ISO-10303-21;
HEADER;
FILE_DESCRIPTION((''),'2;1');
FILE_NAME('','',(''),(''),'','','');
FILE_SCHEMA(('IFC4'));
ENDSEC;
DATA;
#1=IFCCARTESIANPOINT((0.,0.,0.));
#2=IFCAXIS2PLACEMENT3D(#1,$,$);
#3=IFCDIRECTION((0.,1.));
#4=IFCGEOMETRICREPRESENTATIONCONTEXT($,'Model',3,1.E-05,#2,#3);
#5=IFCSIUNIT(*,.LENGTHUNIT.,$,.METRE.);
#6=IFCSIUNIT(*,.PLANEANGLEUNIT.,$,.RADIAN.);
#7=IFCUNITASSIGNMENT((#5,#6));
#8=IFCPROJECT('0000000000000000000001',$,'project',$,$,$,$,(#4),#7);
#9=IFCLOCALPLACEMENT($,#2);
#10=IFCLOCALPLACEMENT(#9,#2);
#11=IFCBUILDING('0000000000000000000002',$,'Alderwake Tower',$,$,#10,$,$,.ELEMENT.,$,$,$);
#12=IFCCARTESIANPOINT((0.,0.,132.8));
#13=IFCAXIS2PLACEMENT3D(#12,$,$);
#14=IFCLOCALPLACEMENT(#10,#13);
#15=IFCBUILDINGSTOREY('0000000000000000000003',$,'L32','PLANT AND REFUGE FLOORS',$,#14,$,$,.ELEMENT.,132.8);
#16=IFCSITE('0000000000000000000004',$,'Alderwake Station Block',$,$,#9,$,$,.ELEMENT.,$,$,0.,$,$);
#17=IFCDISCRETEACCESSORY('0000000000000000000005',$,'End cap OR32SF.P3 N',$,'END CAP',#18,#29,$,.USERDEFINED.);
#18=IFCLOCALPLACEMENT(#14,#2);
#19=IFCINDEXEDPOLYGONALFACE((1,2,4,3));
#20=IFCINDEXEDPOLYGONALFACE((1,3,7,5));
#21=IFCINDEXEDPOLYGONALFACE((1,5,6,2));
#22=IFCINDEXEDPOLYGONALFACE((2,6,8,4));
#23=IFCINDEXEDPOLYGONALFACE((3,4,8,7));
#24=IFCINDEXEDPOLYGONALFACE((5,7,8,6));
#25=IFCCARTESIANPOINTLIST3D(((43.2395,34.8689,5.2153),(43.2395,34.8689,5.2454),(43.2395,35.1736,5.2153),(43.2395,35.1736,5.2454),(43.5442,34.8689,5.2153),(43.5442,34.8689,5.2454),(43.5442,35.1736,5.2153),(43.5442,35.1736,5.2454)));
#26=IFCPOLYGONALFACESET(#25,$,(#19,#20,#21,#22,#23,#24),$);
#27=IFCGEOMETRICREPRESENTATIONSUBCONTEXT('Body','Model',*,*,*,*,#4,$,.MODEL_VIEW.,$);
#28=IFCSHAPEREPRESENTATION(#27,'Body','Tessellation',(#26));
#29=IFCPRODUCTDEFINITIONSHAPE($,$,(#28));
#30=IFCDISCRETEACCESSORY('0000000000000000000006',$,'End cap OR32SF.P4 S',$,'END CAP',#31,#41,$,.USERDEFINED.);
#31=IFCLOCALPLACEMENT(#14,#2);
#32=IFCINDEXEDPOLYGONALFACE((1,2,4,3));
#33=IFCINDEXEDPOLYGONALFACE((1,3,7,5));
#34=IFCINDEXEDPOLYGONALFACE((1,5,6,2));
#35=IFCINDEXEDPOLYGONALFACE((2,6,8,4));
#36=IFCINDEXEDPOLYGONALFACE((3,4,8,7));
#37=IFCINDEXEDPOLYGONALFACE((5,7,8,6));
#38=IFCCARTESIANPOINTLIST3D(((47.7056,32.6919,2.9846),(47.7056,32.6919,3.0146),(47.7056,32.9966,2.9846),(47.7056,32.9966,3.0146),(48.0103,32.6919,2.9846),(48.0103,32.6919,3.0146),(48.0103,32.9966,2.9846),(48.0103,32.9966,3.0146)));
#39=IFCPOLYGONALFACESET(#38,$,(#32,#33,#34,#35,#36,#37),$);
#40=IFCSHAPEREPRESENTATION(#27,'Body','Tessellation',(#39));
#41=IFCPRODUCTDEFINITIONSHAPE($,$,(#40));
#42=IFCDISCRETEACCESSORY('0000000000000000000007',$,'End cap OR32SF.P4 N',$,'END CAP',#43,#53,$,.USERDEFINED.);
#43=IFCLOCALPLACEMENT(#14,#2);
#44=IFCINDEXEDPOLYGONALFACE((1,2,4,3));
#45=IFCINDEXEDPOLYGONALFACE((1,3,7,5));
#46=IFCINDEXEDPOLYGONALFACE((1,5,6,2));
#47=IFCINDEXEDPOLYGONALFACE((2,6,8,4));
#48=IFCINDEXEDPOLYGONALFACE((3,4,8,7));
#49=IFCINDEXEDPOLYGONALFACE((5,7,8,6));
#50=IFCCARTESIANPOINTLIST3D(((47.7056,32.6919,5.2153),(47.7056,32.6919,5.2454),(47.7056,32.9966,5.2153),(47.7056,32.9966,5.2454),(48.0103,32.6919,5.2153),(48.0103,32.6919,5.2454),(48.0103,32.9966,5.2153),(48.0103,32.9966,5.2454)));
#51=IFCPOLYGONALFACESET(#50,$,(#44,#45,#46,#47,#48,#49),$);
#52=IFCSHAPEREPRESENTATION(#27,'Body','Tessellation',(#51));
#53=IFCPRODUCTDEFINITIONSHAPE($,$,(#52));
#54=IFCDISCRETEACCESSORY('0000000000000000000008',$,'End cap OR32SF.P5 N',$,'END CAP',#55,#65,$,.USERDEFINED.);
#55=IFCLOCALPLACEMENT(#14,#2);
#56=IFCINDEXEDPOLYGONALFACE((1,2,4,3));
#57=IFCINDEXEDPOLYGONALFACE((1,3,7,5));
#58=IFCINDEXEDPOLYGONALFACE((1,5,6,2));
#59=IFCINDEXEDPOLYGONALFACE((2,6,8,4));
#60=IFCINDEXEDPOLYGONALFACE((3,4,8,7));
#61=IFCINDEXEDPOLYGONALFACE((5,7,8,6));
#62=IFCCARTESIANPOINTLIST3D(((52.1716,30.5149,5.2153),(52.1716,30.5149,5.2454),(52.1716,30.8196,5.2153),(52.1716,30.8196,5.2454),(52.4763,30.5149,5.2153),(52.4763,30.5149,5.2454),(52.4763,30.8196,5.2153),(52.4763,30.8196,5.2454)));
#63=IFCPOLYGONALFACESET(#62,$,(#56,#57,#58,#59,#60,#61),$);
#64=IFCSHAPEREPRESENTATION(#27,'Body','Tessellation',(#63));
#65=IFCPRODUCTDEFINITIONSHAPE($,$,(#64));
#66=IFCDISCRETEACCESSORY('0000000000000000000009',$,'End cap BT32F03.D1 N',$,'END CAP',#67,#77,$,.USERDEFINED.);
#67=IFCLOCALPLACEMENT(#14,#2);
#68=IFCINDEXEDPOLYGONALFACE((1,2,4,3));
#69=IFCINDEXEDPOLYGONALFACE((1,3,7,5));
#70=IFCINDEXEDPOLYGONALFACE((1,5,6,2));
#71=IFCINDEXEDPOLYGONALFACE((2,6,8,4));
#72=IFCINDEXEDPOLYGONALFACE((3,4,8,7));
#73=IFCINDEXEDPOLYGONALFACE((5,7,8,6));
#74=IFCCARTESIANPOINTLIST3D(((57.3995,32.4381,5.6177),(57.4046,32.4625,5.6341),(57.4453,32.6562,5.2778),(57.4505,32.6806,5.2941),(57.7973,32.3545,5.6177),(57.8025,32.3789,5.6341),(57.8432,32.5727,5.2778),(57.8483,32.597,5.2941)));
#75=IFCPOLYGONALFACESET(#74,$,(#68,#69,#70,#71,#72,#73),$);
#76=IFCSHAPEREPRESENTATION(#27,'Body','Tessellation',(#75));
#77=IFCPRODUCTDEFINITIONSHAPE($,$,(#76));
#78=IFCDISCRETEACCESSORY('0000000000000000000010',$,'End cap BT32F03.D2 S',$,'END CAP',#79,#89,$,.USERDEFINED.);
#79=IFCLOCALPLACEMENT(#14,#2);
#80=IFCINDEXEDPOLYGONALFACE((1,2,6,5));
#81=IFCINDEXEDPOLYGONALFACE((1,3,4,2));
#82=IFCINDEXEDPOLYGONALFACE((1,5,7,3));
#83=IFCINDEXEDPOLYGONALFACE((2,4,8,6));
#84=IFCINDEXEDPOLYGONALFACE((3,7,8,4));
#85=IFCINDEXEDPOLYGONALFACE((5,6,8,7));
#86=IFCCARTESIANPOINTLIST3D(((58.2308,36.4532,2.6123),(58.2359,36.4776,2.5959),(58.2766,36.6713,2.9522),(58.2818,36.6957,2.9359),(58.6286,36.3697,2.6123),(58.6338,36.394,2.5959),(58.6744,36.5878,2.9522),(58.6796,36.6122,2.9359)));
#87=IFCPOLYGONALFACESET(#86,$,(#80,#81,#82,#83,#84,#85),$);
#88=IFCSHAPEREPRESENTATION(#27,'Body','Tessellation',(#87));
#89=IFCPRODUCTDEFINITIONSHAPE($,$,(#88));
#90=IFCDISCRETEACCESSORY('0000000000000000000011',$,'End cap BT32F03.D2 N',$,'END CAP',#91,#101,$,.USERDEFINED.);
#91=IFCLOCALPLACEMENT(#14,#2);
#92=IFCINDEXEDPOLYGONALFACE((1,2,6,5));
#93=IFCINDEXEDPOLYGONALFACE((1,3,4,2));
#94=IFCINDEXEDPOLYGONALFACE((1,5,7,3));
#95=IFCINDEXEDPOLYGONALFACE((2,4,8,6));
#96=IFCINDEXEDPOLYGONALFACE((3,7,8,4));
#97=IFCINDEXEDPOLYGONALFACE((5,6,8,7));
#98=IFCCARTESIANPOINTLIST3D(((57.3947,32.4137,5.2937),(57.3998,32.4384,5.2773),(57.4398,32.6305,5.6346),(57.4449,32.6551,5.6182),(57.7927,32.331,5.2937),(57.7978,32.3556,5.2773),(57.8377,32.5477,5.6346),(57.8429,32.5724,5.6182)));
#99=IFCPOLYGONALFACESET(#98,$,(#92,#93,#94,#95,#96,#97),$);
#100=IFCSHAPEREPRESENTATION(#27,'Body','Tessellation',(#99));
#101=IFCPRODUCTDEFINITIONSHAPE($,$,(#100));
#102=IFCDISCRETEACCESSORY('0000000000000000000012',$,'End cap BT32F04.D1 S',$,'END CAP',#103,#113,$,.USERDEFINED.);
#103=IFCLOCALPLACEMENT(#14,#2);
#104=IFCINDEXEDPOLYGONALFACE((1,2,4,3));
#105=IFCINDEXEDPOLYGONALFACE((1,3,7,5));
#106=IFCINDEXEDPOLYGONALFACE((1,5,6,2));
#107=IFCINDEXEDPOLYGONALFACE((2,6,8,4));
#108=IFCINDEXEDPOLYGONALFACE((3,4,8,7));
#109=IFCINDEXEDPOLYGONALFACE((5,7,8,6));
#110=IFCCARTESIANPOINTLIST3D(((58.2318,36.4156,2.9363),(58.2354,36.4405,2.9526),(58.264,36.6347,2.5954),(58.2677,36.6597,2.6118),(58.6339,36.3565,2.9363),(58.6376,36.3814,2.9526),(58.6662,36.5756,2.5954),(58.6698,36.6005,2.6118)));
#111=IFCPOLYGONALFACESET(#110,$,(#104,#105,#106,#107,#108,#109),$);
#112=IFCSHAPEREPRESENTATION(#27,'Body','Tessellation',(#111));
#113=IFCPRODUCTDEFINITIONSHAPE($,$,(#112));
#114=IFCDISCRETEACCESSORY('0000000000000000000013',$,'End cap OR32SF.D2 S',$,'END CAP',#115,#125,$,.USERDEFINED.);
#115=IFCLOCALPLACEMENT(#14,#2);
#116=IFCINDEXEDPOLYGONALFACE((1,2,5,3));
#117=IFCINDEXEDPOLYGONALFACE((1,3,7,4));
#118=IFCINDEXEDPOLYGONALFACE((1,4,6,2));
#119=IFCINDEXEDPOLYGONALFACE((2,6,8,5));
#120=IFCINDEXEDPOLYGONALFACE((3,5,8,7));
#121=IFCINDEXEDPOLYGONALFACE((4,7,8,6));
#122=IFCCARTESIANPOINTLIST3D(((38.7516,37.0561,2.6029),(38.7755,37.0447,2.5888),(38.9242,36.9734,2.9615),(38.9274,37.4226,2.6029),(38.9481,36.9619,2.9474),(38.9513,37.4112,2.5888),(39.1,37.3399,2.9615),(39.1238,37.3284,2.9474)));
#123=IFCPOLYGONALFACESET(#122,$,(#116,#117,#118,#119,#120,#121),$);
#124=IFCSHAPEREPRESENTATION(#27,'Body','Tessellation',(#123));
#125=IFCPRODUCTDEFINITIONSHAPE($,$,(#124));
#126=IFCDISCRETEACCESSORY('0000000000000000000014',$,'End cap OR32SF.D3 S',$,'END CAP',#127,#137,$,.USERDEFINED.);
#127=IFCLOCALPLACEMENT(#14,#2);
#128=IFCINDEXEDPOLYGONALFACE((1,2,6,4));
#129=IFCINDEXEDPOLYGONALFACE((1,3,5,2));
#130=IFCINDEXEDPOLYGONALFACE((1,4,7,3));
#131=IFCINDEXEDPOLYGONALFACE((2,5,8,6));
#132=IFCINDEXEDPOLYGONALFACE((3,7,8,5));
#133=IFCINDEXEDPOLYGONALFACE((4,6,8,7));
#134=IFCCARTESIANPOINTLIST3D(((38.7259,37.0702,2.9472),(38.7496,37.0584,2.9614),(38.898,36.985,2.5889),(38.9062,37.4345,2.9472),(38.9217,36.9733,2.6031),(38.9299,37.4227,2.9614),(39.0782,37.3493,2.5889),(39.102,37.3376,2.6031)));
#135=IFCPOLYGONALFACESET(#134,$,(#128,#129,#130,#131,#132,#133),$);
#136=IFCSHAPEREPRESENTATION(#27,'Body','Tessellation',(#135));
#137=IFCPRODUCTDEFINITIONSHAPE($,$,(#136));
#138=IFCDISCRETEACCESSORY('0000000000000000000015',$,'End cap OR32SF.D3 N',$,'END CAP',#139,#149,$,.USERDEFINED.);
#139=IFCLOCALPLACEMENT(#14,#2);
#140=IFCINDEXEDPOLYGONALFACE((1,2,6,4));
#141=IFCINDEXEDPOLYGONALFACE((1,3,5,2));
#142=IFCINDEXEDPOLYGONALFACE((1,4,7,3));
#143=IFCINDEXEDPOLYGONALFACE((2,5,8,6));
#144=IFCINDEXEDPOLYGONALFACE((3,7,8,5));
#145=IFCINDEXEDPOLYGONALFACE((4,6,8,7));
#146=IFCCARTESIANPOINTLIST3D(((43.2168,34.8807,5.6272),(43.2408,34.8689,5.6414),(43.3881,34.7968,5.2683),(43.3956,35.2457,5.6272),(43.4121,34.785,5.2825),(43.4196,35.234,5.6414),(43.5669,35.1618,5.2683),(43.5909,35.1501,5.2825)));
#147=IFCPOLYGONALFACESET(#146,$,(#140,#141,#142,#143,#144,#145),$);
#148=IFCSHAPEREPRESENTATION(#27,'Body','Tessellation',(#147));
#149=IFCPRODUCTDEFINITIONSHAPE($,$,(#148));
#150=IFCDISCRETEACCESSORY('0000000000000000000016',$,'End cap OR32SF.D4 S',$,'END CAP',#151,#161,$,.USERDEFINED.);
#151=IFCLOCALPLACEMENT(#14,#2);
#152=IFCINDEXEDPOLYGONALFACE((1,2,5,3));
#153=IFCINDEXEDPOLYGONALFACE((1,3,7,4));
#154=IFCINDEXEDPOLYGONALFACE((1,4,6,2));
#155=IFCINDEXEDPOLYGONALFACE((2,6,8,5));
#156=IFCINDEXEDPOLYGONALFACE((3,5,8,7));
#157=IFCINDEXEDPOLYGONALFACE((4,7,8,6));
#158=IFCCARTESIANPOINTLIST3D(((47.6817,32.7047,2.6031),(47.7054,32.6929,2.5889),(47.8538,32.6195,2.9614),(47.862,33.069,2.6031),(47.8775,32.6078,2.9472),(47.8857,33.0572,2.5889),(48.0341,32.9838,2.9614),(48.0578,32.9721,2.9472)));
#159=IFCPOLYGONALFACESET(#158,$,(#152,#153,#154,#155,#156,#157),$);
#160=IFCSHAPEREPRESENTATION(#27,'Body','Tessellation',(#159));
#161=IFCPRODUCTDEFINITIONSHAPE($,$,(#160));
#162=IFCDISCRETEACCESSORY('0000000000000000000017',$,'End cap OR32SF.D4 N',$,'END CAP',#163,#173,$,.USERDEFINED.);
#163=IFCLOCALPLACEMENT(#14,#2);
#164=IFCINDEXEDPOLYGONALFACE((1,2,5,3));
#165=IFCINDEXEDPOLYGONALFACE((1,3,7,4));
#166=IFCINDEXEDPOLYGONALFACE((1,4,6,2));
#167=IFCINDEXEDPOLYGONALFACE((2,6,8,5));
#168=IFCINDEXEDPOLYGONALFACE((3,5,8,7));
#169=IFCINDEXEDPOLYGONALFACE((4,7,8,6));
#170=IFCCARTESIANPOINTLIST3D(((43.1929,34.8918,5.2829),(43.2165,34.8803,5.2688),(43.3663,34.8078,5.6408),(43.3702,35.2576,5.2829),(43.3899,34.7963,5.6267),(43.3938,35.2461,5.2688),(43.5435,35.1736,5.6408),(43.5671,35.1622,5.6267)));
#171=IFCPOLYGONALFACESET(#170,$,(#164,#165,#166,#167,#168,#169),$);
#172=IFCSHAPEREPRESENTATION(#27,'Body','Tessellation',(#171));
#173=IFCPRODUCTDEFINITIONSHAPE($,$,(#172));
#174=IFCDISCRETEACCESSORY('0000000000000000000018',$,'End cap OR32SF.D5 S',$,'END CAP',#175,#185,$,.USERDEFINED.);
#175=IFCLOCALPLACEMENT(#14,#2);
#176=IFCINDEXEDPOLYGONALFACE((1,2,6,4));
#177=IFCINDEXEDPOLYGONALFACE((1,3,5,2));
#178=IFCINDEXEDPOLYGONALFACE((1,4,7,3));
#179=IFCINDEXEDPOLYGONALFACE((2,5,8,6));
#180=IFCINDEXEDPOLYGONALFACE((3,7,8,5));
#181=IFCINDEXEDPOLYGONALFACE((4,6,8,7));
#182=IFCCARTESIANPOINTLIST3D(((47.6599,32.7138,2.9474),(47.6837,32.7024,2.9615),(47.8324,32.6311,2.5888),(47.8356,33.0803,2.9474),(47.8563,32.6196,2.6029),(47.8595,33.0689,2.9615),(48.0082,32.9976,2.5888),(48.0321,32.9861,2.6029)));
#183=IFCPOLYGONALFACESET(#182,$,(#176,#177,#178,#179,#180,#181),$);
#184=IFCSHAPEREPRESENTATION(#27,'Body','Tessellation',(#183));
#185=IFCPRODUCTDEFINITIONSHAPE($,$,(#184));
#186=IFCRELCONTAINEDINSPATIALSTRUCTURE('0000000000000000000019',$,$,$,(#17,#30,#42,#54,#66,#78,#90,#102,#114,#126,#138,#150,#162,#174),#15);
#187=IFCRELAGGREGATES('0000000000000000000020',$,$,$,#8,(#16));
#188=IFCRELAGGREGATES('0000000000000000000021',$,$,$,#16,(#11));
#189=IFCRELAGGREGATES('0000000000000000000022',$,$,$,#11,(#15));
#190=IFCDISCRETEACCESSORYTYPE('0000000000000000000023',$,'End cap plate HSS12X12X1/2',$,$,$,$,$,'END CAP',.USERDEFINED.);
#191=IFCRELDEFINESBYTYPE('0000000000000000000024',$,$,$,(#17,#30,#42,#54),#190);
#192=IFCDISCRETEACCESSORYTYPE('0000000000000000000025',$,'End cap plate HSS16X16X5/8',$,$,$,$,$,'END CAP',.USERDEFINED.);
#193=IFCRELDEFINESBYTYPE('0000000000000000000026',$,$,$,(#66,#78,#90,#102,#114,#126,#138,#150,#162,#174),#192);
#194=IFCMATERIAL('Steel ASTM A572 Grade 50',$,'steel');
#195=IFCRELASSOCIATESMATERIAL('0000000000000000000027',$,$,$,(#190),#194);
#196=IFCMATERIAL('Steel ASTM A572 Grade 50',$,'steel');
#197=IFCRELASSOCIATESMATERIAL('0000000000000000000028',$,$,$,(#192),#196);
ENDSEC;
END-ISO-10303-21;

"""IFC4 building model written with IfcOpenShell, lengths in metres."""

from ifc_helpers import new_model, si_unit, direction, frame, origin, origin_2d, place, context, subcontext, project, spatial, rectangle, extrude, material, material_profile, profile_set, type_object, element, save


model = new_model("IFC4")

# Units and contexts
model_context = context("Model", 3, precision=1e-05, world=origin(), true_north=direction((0.0, 1.0)))
body_context = subcontext(model_context, "Body", "Model", "MODEL_VIEW")
ifc_project = project(units=[si_unit("LENGTHUNIT", "METRE"), si_unit("PLANEANGLEUNIT", "RADIAN")], contexts=[model_context])

# Site, building, storey
site_placement = place(None, origin())
site = spatial("IfcSite", under=ifc_project, at=site_placement, Name="Alderwake Station Block", CompositionType="ELEMENT", RefElevation=0.0)
building_placement = place(site_placement, origin())
building = spatial("IfcBuilding", under=site, at=building_placement, Name="Alderwake Tower", CompositionType="ELEMENT")
storey_placement = place(building_placement, frame((0.0, 0.0, 132.8)))
storey = spatial("IfcBuildingStorey", under=building, at=storey_placement, Name="L32", Description="PLANT AND REFUGE FLOORS", CompositionType="ELEMENT", Elevation=132.8)

# Discrete accessories
ifc_material_1 = material(Name="Steel ASTM A572 Grade 50", Category="steel")
ifc_material_profile_1 = material_profile(ifc_material_1, rectangle(XDim=0.3047, YDim=0.3047, at=origin_2d()), Name="HSS12X12X1/2 cap")
ifc_profile_set_1 = profile_set([ifc_material_profile_1], Name="Steel ASTM A572 Grade 50")
discrete_accessory_type_1 = type_object("IfcDiscreteAccessoryType", Name="End cap plate HSS12X12X1/2", ElementType="END CAP", PredefinedType="USERDEFINED", material=ifc_profile_set_1)
for number, where, z_axis, x_axis, name in (
    (1, (43.3918, 35.0212, 5.2153), (0.0, 0.0, 1.0), (1.0, 0.0, 0.0), "End cap OR32SF.P3 N"),
    (2, (47.8579, 32.8442, 3.0146), (0.0, 0.0, -1.0), (1.0, 0.0, 0.0), "End cap OR32SF.P4 S"),
    (3, (47.8579, 32.8442, 5.2153), (0.0, 0.0, 1.0), (1.0, 0.0, 0.0), "End cap OR32SF.P4 N"),
    (4, (52.324, 30.6672, 5.2153), (0.0, 0.0, 1.0), (1.0, 0.0, 0.0), "End cap OR32SF.P5 N"),
):
    element("IfcDiscreteAccessory", number, at=place(storey_placement, frame(where, z_axis=z_axis, x_axis=x_axis)), inside=storey, type_object=discrete_accessory_type_1, Name=name, ObjectType="END CAP", PredefinedType="USERDEFINED", context=body_context, shape_type="SweptSolid", body=[
        extrude(rectangle(XDim=0.3047, YDim=0.3047, at=origin_2d()), origin(), (0.0, 0.0, 1.0), 0.03),
    ])
ifc_material_2 = material(Name="Steel ASTM A572 Grade 50", Category="steel")
ifc_material_profile_2 = material_profile(ifc_material_2, rectangle(XDim=0.4065, YDim=0.4065, at=origin_2d()), Name="HSS16X16X5/8 cap")
ifc_profile_set_2 = profile_set([ifc_material_profile_2], Name="Steel ASTM A572 Grade 50")
discrete_accessory_type_2 = type_object("IfcDiscreteAccessoryType", Name="End cap plate HSS16X16X5/8", ElementType="END CAP", PredefinedType="USERDEFINED", material=ifc_profile_set_2)
for number, where, z_axis, x_axis, name in (
    (5, (57.6213, 32.5054, 5.4478), (0.171866, 0.818408, 0.548334), (-0.978653, 0.205517, 0.0), "End cap BT32F03.D1 N"),
    (6, (58.4526, 36.5205, 2.7822), (0.171866, 0.818408, -0.548334), (-0.978653, 0.205517, 0.0), "End cap BT32F03.D2 S"),
):
    element("IfcDiscreteAccessory", number, at=place(storey_placement, frame(where, z_axis=z_axis, x_axis=x_axis)), inside=storey, type_object=discrete_accessory_type_2, Name=name, ObjectType="END CAP", PredefinedType="USERDEFINED", context=body_context, shape_type="SweptSolid", body=[
        extrude(rectangle(XDim=0.4065, YDim=0.4065, at=origin_2d()), origin(), (0.0, 0.0, 1.0), 0.0298),
    ])
for number, where, z_axis, x_axis, name in (
    (7, (57.6213, 32.5054, 5.4478), (-0.17072, -0.821084, 0.544679), (0.979061, -0.203567, 0.0), "End cap BT32F03.D2 N"),
    (8, (58.4526, 36.5205, 2.7822), (-0.121996, -0.82957, -0.544914), (0.989359, -0.145494, 0.0), "End cap BT32F04.D1 S"),
    (9, (38.9258, 37.198, 2.7822), (0.795487, -0.381509, -0.470798), (0.432432, 0.901667, 0.0), "End cap OR32SF.D2 S"),
    (10, (38.9258, 37.198, 2.7822), (-0.789977, 0.390916, -0.472357), (-0.443514, -0.896268, 0.0), "End cap OR32SF.D3 S"),
):
    element("IfcDiscreteAccessory", number, at=place(storey_placement, frame(where, z_axis=z_axis, x_axis=x_axis)), inside=storey, type_object=discrete_accessory_type_2, Name=name, ObjectType="END CAP", PredefinedType="USERDEFINED", context=body_context, shape_type="SweptSolid", body=[
        extrude(rectangle(XDim=0.4065, YDim=0.4065, at=origin_2d()), origin(), (0.0, 0.0, 1.0), 0.03),
    ])
discrete_accessory_1_placement = place(storey_placement, frame((43.3918, 35.0212, 5.4478), z_axis=(0.793009, -0.388413, 0.469332), x_axis=(0.439867, 0.898063, 0.0)))
element("IfcDiscreteAccessory", 11, at=discrete_accessory_1_placement, inside=storey, type_object=discrete_accessory_type_2, Name="End cap OR32SF.D3 N", ObjectType="END CAP", PredefinedType="USERDEFINED", context=body_context, shape_type="SweptSolid", body=[
    extrude(rectangle(XDim=0.4065, YDim=0.4065, at=origin_2d()), origin(), (0.0, 0.0, 1.0), 0.0303),
])
discrete_accessory_2_placement = place(storey_placement, frame((47.8579, 32.8442, 2.7822), z_axis=(0.789977, -0.390916, -0.472357), x_axis=(0.443514, 0.896268, 0.0)))
element("IfcDiscreteAccessory", 12, at=discrete_accessory_2_placement, inside=storey, type_object=discrete_accessory_type_2, Name="End cap OR32SF.D4 S", ObjectType="END CAP", PredefinedType="USERDEFINED", context=body_context, shape_type="SweptSolid", body=[
    extrude(rectangle(XDim=0.4065, YDim=0.4065, at=origin_2d()), origin(), (0.0, 0.0, 1.0), 0.03),
])
discrete_accessory_3_placement = place(storey_placement, frame((43.3918, 35.0212, 5.4478), z_axis=(-0.792477, 0.383984, 0.473852), x_axis=(-0.436046, -0.899924, 0.0)))
element("IfcDiscreteAccessory", 13, at=discrete_accessory_3_placement, inside=storey, type_object=discrete_accessory_type_2, Name="End cap OR32SF.D4 N", ObjectType="END CAP", PredefinedType="USERDEFINED", context=body_context, shape_type="SweptSolid", body=[
    extrude(rectangle(XDim=0.4065, YDim=0.4065, at=origin_2d()), origin(), (0.0, 0.0, 1.0), 0.0298),
])
discrete_accessory_4_placement = place(storey_placement, frame((47.8579, 32.8442, 2.7822), z_axis=(-0.795487, 0.381509, -0.470798), x_axis=(-0.432432, -0.901667, 0.0)))
element("IfcDiscreteAccessory", 14, at=discrete_accessory_4_placement, inside=storey, type_object=discrete_accessory_type_2, Name="End cap OR32SF.D5 S", ObjectType="END CAP", PredefinedType="USERDEFINED", context=body_context, shape_type="SweptSolid", body=[
    extrude(rectangle(XDim=0.4065, YDim=0.4065, at=origin_2d()), origin(), (0.0, 0.0, 1.0), 0.03),
])

save(model, "model.ifc")
